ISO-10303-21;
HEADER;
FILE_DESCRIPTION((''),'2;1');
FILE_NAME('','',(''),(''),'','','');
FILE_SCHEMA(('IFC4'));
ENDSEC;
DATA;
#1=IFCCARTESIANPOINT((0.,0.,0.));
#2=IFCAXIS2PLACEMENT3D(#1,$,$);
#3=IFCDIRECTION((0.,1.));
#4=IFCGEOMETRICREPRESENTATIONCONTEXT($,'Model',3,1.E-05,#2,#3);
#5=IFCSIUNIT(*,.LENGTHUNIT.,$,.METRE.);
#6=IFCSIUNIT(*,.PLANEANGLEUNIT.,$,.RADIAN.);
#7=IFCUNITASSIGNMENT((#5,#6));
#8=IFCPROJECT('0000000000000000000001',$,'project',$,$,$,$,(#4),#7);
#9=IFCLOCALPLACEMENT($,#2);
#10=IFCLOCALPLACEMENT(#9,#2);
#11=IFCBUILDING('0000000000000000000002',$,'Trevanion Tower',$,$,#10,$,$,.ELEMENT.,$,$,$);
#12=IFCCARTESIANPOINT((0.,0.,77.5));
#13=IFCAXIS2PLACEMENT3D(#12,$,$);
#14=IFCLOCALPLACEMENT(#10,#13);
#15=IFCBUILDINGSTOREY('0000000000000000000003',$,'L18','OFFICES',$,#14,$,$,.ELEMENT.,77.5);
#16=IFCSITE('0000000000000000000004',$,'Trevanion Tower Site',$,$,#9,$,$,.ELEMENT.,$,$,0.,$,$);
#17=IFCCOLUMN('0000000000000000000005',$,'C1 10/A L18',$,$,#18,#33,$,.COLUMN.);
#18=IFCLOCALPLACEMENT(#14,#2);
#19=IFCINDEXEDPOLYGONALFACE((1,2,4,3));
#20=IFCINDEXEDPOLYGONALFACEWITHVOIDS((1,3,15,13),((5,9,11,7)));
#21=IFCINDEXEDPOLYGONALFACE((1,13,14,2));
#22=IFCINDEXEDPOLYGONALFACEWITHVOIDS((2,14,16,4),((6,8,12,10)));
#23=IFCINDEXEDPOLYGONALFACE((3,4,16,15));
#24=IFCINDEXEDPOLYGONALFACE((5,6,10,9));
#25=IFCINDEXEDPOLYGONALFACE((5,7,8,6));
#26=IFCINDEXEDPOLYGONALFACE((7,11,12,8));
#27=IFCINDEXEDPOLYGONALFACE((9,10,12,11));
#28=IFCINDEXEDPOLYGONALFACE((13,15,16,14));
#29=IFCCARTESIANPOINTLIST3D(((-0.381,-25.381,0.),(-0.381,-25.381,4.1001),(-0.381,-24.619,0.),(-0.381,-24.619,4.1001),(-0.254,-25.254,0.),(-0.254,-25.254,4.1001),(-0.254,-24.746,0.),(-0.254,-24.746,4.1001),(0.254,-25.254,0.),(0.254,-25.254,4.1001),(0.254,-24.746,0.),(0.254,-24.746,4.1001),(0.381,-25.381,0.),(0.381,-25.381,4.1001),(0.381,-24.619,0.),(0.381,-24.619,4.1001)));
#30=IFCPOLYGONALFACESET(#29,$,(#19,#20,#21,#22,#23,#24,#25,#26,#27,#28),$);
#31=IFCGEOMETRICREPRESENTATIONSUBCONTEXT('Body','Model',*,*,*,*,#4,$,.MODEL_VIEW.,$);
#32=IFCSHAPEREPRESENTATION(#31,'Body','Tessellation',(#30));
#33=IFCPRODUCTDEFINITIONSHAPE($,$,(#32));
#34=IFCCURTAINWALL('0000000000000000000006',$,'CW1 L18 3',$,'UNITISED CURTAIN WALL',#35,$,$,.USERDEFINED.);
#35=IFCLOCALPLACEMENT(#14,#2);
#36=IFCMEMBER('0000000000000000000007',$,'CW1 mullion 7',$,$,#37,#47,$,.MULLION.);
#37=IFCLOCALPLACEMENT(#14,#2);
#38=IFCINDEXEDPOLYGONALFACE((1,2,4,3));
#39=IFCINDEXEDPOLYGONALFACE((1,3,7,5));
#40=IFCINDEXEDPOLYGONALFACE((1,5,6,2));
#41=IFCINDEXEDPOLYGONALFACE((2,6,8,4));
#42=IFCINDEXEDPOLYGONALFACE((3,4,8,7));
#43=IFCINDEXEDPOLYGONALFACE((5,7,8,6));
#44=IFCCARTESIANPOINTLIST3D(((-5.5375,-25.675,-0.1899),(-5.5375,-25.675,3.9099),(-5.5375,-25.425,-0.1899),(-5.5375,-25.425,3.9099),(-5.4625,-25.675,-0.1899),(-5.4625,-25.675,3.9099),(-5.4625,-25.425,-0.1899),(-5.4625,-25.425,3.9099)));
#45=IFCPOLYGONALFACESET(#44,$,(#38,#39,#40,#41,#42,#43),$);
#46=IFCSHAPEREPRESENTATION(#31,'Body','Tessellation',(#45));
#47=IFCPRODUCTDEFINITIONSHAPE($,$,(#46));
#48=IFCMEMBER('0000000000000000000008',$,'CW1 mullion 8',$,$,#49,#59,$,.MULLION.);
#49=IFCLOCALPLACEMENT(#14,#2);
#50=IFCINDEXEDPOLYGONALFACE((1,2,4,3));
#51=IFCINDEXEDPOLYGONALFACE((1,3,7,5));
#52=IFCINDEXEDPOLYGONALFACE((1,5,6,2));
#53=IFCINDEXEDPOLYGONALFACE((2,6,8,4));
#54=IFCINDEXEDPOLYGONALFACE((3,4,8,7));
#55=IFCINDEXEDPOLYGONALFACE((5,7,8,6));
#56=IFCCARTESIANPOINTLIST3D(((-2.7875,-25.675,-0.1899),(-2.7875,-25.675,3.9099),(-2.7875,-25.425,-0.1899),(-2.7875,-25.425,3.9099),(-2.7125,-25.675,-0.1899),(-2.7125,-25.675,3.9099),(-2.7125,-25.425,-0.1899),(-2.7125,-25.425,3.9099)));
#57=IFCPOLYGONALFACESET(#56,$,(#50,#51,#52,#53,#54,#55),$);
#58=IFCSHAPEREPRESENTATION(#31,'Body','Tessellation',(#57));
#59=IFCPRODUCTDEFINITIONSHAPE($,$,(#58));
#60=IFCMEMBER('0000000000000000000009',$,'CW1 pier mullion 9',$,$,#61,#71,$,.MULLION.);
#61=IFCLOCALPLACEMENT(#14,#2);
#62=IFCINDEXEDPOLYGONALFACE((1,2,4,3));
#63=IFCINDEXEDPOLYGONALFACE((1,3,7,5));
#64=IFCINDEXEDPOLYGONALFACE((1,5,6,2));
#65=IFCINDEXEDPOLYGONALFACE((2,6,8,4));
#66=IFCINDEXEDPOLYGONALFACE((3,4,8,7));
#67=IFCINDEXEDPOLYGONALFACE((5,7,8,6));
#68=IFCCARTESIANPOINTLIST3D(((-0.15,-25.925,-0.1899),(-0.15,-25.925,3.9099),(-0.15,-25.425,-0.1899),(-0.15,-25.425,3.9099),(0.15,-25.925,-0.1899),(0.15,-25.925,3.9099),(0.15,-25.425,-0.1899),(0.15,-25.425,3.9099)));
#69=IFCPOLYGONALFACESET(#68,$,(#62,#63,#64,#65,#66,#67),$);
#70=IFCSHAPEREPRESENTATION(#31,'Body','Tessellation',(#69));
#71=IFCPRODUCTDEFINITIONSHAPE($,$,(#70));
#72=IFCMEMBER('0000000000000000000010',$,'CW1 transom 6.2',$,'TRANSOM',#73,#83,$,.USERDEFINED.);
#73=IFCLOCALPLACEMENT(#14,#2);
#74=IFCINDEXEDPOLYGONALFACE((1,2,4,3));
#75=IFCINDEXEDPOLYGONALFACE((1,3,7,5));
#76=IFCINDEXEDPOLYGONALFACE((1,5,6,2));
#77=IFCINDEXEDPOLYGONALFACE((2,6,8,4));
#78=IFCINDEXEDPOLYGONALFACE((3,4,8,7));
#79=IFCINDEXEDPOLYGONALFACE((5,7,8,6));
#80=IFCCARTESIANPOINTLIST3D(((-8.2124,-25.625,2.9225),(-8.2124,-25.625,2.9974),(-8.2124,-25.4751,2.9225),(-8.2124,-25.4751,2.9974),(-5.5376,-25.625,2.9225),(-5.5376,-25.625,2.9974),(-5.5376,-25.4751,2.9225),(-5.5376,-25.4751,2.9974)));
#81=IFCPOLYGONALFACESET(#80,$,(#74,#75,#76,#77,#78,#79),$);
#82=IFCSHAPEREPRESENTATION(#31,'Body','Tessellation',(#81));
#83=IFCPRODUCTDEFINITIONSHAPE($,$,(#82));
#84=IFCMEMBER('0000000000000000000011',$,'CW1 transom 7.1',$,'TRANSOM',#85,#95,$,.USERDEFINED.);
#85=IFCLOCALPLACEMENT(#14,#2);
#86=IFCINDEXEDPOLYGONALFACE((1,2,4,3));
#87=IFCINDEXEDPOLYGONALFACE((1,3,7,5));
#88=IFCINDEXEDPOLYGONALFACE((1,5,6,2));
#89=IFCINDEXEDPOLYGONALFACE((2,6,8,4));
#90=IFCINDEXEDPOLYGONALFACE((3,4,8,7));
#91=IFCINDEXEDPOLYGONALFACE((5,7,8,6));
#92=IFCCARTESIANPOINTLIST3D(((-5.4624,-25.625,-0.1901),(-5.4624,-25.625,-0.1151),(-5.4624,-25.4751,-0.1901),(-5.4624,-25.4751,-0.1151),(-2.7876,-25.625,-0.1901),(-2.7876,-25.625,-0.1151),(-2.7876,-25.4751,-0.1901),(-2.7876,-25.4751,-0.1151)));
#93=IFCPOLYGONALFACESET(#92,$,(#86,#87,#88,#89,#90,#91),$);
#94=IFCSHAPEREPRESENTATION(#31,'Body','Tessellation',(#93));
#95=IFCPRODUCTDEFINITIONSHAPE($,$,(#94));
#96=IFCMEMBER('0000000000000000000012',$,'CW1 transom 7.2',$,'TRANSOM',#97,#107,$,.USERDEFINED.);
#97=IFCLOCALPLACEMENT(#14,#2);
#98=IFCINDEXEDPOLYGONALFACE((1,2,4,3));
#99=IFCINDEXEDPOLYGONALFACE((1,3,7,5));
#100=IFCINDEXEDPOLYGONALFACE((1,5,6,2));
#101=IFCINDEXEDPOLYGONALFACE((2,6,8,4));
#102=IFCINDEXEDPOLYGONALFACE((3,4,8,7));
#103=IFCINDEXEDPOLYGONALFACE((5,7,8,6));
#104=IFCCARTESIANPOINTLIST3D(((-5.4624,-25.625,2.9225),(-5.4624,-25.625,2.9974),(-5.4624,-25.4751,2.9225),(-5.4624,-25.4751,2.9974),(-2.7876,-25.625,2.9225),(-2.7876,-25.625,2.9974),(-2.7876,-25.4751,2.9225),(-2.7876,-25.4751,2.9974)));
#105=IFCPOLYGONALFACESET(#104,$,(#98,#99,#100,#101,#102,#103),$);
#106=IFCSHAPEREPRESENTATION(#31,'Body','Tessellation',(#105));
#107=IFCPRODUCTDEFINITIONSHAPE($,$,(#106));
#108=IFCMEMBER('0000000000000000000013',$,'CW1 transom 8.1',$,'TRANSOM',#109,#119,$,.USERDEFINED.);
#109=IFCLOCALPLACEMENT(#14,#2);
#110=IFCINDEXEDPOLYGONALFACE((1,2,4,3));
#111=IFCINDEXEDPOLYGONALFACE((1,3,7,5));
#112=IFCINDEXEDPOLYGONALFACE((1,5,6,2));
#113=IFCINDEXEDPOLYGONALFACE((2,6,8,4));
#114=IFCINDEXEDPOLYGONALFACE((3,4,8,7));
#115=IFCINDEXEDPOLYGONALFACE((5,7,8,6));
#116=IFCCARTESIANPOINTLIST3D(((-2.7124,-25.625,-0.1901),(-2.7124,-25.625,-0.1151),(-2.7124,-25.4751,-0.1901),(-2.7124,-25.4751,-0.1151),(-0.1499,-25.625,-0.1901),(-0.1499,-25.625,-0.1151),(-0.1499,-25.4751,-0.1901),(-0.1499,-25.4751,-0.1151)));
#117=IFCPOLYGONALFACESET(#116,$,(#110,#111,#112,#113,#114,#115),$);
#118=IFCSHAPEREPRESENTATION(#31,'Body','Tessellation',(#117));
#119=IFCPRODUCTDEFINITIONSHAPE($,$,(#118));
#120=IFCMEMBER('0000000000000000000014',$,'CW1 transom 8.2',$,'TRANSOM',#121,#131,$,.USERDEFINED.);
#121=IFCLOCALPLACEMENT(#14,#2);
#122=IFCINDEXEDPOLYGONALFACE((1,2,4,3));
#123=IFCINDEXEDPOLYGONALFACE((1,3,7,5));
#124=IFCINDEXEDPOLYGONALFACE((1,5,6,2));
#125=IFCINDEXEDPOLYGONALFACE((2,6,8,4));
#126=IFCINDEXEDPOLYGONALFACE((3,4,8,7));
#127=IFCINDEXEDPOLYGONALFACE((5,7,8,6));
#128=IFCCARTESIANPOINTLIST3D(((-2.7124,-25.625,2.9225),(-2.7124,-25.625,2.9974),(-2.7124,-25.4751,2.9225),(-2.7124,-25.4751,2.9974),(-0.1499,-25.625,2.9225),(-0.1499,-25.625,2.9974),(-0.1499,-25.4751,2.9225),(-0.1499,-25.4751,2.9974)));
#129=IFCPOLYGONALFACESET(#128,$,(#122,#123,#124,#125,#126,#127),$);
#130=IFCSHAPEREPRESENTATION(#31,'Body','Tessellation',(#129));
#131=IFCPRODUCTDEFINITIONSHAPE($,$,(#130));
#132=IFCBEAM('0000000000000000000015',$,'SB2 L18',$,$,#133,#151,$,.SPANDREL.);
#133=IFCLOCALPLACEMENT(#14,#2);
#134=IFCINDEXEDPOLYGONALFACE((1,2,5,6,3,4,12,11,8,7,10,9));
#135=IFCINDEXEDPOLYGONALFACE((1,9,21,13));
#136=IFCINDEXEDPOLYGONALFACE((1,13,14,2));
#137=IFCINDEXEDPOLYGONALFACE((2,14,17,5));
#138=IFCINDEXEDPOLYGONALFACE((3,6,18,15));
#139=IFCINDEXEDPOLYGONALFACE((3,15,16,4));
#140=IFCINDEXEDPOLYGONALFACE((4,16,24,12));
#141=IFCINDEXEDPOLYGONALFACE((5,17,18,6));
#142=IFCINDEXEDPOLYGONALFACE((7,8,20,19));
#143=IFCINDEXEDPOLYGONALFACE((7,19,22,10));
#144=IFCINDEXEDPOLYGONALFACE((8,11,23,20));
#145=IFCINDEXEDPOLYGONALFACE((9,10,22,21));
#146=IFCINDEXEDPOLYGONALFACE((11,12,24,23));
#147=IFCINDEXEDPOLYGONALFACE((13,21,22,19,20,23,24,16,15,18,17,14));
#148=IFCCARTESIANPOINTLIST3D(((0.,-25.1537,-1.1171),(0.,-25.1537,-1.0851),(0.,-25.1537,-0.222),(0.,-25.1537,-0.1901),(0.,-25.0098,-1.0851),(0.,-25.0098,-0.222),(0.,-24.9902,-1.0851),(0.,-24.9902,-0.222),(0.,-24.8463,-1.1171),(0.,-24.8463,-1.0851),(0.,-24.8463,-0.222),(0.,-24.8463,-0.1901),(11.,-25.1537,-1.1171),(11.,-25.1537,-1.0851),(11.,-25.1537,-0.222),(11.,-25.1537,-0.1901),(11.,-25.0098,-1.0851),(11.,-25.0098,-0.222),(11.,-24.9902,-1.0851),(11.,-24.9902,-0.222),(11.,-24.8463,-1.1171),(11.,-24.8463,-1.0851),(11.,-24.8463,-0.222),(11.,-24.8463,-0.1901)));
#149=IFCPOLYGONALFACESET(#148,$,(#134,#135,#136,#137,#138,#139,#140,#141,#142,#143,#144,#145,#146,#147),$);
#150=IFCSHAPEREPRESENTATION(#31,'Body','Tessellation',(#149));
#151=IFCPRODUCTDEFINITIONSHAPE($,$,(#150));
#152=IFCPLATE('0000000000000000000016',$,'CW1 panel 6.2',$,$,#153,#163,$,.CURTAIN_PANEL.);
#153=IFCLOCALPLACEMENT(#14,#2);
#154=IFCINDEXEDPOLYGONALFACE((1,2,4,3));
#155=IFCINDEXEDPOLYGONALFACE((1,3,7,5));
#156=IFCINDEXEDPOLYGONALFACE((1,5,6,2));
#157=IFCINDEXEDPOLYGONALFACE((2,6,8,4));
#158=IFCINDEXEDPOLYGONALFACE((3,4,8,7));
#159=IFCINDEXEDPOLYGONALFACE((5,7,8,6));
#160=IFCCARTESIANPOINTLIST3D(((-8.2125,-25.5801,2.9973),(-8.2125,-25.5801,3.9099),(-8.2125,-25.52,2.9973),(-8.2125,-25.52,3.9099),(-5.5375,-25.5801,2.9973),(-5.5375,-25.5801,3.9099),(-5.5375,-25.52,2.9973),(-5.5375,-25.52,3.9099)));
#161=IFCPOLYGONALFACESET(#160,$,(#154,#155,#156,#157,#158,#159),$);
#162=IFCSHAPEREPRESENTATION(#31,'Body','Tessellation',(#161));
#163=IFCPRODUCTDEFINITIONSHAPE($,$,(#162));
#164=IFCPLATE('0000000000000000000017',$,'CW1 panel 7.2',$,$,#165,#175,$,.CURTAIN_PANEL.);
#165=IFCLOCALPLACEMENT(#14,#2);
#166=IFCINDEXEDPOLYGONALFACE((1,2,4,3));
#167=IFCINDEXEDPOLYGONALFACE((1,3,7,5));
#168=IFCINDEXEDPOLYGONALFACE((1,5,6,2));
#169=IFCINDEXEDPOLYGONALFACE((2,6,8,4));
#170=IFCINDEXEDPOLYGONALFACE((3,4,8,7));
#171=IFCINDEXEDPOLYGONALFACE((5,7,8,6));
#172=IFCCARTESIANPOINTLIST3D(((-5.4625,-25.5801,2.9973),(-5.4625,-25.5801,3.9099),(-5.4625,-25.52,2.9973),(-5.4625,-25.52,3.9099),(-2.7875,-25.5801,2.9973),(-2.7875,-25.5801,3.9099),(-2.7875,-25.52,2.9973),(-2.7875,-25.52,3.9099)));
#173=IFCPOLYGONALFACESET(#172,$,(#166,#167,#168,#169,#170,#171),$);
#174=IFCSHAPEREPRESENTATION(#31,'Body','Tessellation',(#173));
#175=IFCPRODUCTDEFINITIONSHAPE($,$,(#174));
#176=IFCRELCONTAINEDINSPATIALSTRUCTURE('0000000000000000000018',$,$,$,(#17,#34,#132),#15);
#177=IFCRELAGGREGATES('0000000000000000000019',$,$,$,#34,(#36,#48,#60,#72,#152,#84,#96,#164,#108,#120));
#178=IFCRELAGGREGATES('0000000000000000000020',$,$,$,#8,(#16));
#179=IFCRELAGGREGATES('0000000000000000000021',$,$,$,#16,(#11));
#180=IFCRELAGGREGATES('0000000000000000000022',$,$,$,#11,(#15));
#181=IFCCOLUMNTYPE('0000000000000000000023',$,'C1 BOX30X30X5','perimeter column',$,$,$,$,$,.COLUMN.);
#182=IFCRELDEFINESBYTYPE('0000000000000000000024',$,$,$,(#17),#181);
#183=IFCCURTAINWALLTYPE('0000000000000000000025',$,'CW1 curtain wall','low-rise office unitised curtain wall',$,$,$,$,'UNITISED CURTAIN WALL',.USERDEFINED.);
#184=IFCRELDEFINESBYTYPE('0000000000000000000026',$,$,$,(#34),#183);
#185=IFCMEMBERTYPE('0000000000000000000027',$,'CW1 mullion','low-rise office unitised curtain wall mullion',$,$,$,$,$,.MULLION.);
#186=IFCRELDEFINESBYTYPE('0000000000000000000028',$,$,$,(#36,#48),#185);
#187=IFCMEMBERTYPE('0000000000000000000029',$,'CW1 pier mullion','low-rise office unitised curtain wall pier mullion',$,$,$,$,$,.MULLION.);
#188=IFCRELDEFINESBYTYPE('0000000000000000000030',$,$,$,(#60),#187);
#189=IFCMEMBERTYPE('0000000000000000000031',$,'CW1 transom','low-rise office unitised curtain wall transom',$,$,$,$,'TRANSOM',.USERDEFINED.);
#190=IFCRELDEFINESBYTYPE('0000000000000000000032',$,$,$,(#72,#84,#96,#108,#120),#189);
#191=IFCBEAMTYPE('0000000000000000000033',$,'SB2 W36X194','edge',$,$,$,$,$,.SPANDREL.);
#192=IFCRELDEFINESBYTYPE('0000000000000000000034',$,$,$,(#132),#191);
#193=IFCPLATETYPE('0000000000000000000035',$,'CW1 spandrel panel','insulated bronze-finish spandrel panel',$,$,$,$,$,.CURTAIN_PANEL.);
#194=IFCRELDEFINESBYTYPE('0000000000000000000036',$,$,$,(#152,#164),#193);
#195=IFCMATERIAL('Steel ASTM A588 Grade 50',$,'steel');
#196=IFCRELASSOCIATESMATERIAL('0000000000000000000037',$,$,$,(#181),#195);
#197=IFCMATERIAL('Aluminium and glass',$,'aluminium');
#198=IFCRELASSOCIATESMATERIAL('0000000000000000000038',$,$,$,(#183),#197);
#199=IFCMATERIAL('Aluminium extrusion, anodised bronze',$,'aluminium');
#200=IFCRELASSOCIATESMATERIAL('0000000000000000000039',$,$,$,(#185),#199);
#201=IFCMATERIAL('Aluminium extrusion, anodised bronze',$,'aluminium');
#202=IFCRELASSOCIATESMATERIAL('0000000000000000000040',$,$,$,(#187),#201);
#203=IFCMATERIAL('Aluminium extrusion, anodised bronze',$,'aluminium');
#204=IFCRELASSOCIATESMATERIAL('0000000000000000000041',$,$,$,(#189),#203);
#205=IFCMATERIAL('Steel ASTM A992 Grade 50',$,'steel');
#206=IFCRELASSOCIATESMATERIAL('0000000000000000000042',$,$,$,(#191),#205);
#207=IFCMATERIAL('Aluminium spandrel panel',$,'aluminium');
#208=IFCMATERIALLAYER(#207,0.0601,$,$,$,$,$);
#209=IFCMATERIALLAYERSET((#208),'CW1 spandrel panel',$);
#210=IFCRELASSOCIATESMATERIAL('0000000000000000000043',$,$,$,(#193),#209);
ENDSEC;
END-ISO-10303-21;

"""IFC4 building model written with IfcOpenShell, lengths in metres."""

from ifc_helpers import new_model, si_unit, direction, frame, origin, origin_2d, place, context, subcontext, project, spatial, rectangle, hollow_rectangle, i_section, extrude, material, layer, layer_set, material_profile, profile_set, type_object, element, aggregate, save


model = new_model("IFC4")

# Units and contexts
model_context = context("Model", 3, precision=1e-05, world=origin(), true_north=direction((0.0, 1.0)))
body_context = subcontext(model_context, "Body", "Model", "MODEL_VIEW")
ifc_project = project(units=[si_unit("LENGTHUNIT", "METRE"), si_unit("PLANEANGLEUNIT", "RADIAN")], contexts=[model_context])

# Site, building, storey
site_placement = place(None, origin())
site = spatial("IfcSite", under=ifc_project, at=site_placement, Name="Trevanion Tower Site", CompositionType="ELEMENT", RefElevation=0.0)
building_placement = place(site_placement, origin())
building = spatial("IfcBuilding", under=site, at=building_placement, Name="Trevanion Tower", CompositionType="ELEMENT")
storey_placement = place(building_placement, frame((0.0, 0.0, 77.5)))
storey = spatial("IfcBuildingStorey", under=building, at=storey_placement, Name="L18", Description="OFFICES", CompositionType="ELEMENT", Elevation=77.5)

# Column
ifc_material_1 = material(Name="Steel ASTM A588 Grade 50", Category="steel")
ifc_material_profile_1 = material_profile(ifc_material_1, hollow_rectangle(XDim=0.762, YDim=0.762, WallThickness=0.127, at=origin_2d()), Name="BOX30X30X5")
ifc_profile_set_1 = profile_set([ifc_material_profile_1], Name="Steel ASTM A588 Grade 50")
column_type = type_object("IfcColumnType", Name="C1 BOX30X30X5", Description="perimeter column", PredefinedType="COLUMN", material=ifc_profile_set_1)
column_placement = place(storey_placement, frame((0.0, -25.0, 0.0), z_axis=(0.0, 0.0, 1.0), x_axis=(1.0, 0.0, 0.0)))
element("IfcColumn", 1, at=column_placement, inside=storey, type_object=column_type, Name="C1 10/A L18", PredefinedType="COLUMN", context=body_context, shape_type="SweptSolid", body=[
    extrude(hollow_rectangle(XDim=0.762, YDim=0.762, WallThickness=0.127, at=origin_2d()), origin(), (0.0, 0.0, 1.0), 4.1001),
])

# Curtain wall, members
ifc_material_2 = material(Name="Aluminium and glass", Category="aluminium")
curtain_wall_type = type_object("IfcCurtainWallType", Name="CW1 curtain wall", Description="low-rise office unitised curtain wall", ElementType="UNITISED CURTAIN WALL", PredefinedType="USERDEFINED", material=ifc_material_2)
curtain_wall_placement = place(storey_placement, origin())
curtain_wall = element("IfcCurtainWall", 2, at=curtain_wall_placement, inside=storey, type_object=curtain_wall_type, Name="CW1 L18 3", ObjectType="UNITISED CURTAIN WALL", PredefinedType="USERDEFINED")
ifc_material_3 = material(Name="Aluminium extrusion, anodised bronze", Category="aluminium")
ifc_material_profile_2 = material_profile(ifc_material_3, rectangle(XDim=0.075, YDim=0.25, at=origin_2d()), Name="CW1 mullion")
ifc_profile_set_2 = profile_set([ifc_material_profile_2], Name="Aluminium extrusion, anodised bronze")
member_type_1 = type_object("IfcMemberType", Name="CW1 mullion", Description="low-rise office unitised curtain wall mullion", PredefinedType="MULLION", material=ifc_profile_set_2)
member_1_placement = place(storey_placement, frame((-5.5, -25.55, -0.1899), z_axis=(0.0, 0.0, 1.0), x_axis=(1.0, 0.0, 0.0)))
member_1 = element("IfcMember", 3, at=member_1_placement, type_object=member_type_1, Name="CW1 mullion 7", PredefinedType="MULLION", context=body_context, shape_type="SweptSolid", body=[
    extrude(rectangle(XDim=0.075, YDim=0.25, at=origin_2d()), origin(), (0.0, 0.0, 1.0), 4.0999),
])
member_2_placement = place(storey_placement, frame((-2.75, -25.55, -0.1899), z_axis=(0.0, 0.0, 1.0), x_axis=(1.0, 0.0, 0.0)))
member_2 = element("IfcMember", 4, at=member_2_placement, type_object=member_type_1, Name="CW1 mullion 8", PredefinedType="MULLION", context=body_context, shape_type="SweptSolid", body=[
    extrude(rectangle(XDim=0.075, YDim=0.25, at=origin_2d()), origin(), (0.0, 0.0, 1.0), 4.0999),
])
ifc_material_4 = material(Name="Aluminium extrusion, anodised bronze", Category="aluminium")
ifc_material_profile_3 = material_profile(ifc_material_4, rectangle(XDim=0.3, YDim=0.5, at=origin_2d()), Name="CW1 pier mullion")
ifc_profile_set_3 = profile_set([ifc_material_profile_3], Name="Aluminium extrusion, anodised bronze")
member_type_2 = type_object("IfcMemberType", Name="CW1 pier mullion", Description="low-rise office unitised curtain wall pier mullion", PredefinedType="MULLION", material=ifc_profile_set_3)
member_3_placement = place(storey_placement, frame((0.0, -25.675, -0.1899), z_axis=(0.0, 0.0, 1.0), x_axis=(1.0, 0.0, 0.0)))
member_3 = element("IfcMember", 5, at=member_3_placement, type_object=member_type_2, Name="CW1 pier mullion 9", PredefinedType="MULLION", context=body_context, shape_type="SweptSolid", body=[
    extrude(rectangle(XDim=0.3, YDim=0.5, at=origin_2d()), origin(), (0.0, 0.0, 1.0), 4.0999),
])
ifc_material_5 = material(Name="Aluminium extrusion, anodised bronze", Category="aluminium")
ifc_material_profile_4 = material_profile(ifc_material_5, rectangle(XDim=0.1499, YDim=0.075, at=origin_2d()), Name="CW1 transom")
ifc_profile_set_4 = profile_set([ifc_material_profile_4], Name="Aluminium extrusion, anodised bronze")
member_type_3 = type_object("IfcMemberType", Name="CW1 transom", Description="low-rise office unitised curtain wall transom", ElementType="TRANSOM", PredefinedType="USERDEFINED", material=ifc_profile_set_4)
member_4_placement = place(storey_placement, frame((-8.2124, -25.55, 2.96), z_axis=(1.0, 0.0, 0.0), x_axis=(0.0, 1.0, 0.0)))
member_4 = element("IfcMember", 6, at=member_4_placement, type_object=member_type_3, Name="CW1 transom 6.2", ObjectType="TRANSOM", PredefinedType="USERDEFINED", context=body_context, shape_type="SweptSolid", body=[
    extrude(rectangle(XDim=0.1499, YDim=0.075, at=origin_2d()), origin(), (0.0, 0.0, 1.0), 2.6748),
])
member_5_placement = place(storey_placement, frame((-5.4624, -25.55, -0.1526), z_axis=(1.0, 0.0, 0.0), x_axis=(0.0, 1.0, 0.0)))
member_5 = element("IfcMember", 7, at=member_5_placement, type_object=member_type_3, Name="CW1 transom 7.1", ObjectType="TRANSOM", PredefinedType="USERDEFINED", context=body_context, shape_type="SweptSolid", body=[
    extrude(rectangle(XDim=0.1499, YDim=0.075, at=origin_2d()), origin(), (0.0, 0.0, 1.0), 2.6748),
])
member_6_placement = place(storey_placement, frame((-5.4624, -25.55, 2.96), z_axis=(1.0, 0.0, 0.0), x_axis=(0.0, 1.0, 0.0)))
member_6 = element("IfcMember", 8, at=member_6_placement, type_object=member_type_3, Name="CW1 transom 7.2", ObjectType="TRANSOM", PredefinedType="USERDEFINED", context=body_context, shape_type="SweptSolid", body=[
    extrude(rectangle(XDim=0.1499, YDim=0.075, at=origin_2d()), origin(), (0.0, 0.0, 1.0), 2.6748),
])
member_7_placement = place(storey_placement, frame((-2.7124, -25.55, -0.1526), z_axis=(1.0, 0.0, 0.0), x_axis=(0.0, 1.0, 0.0)))
member_7 = element("IfcMember", 9, at=member_7_placement, type_object=member_type_3, Name="CW1 transom 8.1", ObjectType="TRANSOM", PredefinedType="USERDEFINED", context=body_context, shape_type="SweptSolid", body=[
    extrude(rectangle(XDim=0.1499, YDim=0.075, at=origin_2d()), origin(), (0.0, 0.0, 1.0), 2.5625),
])
member_8_placement = place(storey_placement, frame((-2.7124, -25.55, 2.96), z_axis=(1.0, 0.0, 0.0), x_axis=(0.0, 1.0, 0.0)))
member_8 = element("IfcMember", 10, at=member_8_placement, type_object=member_type_3, Name="CW1 transom 8.2", ObjectType="TRANSOM", PredefinedType="USERDEFINED", context=body_context, shape_type="SweptSolid", body=[
    extrude(rectangle(XDim=0.1499, YDim=0.075, at=origin_2d()), origin(), (0.0, 0.0, 1.0), 2.5625),
])

# Beam
ifc_material_6 = material(Name="Steel ASTM A992 Grade 50", Category="steel")
ifc_material_profile_5 = material_profile(ifc_material_6, i_section(OverallWidth=0.3074, OverallDepth=0.927, WebThickness=0.0195, FlangeThickness=0.032, at=origin_2d()), Name="W36X194")
ifc_profile_set_5 = profile_set([ifc_material_profile_5], Name="Steel ASTM A992 Grade 50")
beam_type = type_object("IfcBeamType", Name="SB2 W36X194", Description="edge", PredefinedType="SPANDREL", material=ifc_profile_set_5)
beam_placement = place(storey_placement, frame((0.0, -25.0, -0.6536), z_axis=(1.0, 0.0, 0.0), x_axis=(0.0, 1.0, 0.0)))
element("IfcBeam", 11, at=beam_placement, inside=storey, type_object=beam_type, Name="SB2 L18", PredefinedType="SPANDREL", context=body_context, shape_type="SweptSolid", body=[
    extrude(i_section(OverallWidth=0.3074, OverallDepth=0.927, WebThickness=0.0195, FlangeThickness=0.032, at=origin_2d()), origin(), (0.0, 0.0, 1.0), 11.0),
])

# Plates
ifc_material_7 = material(Name="Aluminium spandrel panel", Category="aluminium")
ifc_layer_1 = layer(ifc_material_7, 0.0601)
ifc_layer_set_1 = layer_set([ifc_layer_1], Name="CW1 spandrel panel")
plate_type_1 = type_object("IfcPlateType", Name="CW1 spandrel panel", Description="insulated bronze-finish spandrel panel", PredefinedType="CURTAIN_PANEL", material=ifc_layer_set_1)
plate_1_placement = place(storey_placement, frame((-6.875, -25.55, 2.9973), z_axis=(0.0, 0.0, 1.0), x_axis=(1.0, 0.0, 0.0)))
plate_1 = element("IfcPlate", 12, at=plate_1_placement, type_object=plate_type_1, Name="CW1 panel 6.2", PredefinedType="CURTAIN_PANEL", context=body_context, shape_type="SweptSolid", body=[
    extrude(rectangle(XDim=2.675, YDim=0.0601, at=origin_2d()), origin(), (0.0, 0.0, 1.0), 0.9126),
])
plate_2_placement = place(storey_placement, frame((-4.125, -25.55, 2.9973), z_axis=(0.0, 0.0, 1.0), x_axis=(1.0, 0.0, 0.0)))
plate_2 = element("IfcPlate", 13, at=plate_2_placement, type_object=plate_type_1, Name="CW1 panel 7.2", PredefinedType="CURTAIN_PANEL", context=body_context, shape_type="SweptSolid", body=[
    extrude(rectangle(XDim=2.675, YDim=0.0601, at=origin_2d()), origin(), (0.0, 0.0, 1.0), 0.9126),
])
aggregate(curtain_wall, [member_1, member_2, member_3, member_4, plate_1, member_5, member_6, plate_2, member_7, member_8])

save(model, "model.ifc")
